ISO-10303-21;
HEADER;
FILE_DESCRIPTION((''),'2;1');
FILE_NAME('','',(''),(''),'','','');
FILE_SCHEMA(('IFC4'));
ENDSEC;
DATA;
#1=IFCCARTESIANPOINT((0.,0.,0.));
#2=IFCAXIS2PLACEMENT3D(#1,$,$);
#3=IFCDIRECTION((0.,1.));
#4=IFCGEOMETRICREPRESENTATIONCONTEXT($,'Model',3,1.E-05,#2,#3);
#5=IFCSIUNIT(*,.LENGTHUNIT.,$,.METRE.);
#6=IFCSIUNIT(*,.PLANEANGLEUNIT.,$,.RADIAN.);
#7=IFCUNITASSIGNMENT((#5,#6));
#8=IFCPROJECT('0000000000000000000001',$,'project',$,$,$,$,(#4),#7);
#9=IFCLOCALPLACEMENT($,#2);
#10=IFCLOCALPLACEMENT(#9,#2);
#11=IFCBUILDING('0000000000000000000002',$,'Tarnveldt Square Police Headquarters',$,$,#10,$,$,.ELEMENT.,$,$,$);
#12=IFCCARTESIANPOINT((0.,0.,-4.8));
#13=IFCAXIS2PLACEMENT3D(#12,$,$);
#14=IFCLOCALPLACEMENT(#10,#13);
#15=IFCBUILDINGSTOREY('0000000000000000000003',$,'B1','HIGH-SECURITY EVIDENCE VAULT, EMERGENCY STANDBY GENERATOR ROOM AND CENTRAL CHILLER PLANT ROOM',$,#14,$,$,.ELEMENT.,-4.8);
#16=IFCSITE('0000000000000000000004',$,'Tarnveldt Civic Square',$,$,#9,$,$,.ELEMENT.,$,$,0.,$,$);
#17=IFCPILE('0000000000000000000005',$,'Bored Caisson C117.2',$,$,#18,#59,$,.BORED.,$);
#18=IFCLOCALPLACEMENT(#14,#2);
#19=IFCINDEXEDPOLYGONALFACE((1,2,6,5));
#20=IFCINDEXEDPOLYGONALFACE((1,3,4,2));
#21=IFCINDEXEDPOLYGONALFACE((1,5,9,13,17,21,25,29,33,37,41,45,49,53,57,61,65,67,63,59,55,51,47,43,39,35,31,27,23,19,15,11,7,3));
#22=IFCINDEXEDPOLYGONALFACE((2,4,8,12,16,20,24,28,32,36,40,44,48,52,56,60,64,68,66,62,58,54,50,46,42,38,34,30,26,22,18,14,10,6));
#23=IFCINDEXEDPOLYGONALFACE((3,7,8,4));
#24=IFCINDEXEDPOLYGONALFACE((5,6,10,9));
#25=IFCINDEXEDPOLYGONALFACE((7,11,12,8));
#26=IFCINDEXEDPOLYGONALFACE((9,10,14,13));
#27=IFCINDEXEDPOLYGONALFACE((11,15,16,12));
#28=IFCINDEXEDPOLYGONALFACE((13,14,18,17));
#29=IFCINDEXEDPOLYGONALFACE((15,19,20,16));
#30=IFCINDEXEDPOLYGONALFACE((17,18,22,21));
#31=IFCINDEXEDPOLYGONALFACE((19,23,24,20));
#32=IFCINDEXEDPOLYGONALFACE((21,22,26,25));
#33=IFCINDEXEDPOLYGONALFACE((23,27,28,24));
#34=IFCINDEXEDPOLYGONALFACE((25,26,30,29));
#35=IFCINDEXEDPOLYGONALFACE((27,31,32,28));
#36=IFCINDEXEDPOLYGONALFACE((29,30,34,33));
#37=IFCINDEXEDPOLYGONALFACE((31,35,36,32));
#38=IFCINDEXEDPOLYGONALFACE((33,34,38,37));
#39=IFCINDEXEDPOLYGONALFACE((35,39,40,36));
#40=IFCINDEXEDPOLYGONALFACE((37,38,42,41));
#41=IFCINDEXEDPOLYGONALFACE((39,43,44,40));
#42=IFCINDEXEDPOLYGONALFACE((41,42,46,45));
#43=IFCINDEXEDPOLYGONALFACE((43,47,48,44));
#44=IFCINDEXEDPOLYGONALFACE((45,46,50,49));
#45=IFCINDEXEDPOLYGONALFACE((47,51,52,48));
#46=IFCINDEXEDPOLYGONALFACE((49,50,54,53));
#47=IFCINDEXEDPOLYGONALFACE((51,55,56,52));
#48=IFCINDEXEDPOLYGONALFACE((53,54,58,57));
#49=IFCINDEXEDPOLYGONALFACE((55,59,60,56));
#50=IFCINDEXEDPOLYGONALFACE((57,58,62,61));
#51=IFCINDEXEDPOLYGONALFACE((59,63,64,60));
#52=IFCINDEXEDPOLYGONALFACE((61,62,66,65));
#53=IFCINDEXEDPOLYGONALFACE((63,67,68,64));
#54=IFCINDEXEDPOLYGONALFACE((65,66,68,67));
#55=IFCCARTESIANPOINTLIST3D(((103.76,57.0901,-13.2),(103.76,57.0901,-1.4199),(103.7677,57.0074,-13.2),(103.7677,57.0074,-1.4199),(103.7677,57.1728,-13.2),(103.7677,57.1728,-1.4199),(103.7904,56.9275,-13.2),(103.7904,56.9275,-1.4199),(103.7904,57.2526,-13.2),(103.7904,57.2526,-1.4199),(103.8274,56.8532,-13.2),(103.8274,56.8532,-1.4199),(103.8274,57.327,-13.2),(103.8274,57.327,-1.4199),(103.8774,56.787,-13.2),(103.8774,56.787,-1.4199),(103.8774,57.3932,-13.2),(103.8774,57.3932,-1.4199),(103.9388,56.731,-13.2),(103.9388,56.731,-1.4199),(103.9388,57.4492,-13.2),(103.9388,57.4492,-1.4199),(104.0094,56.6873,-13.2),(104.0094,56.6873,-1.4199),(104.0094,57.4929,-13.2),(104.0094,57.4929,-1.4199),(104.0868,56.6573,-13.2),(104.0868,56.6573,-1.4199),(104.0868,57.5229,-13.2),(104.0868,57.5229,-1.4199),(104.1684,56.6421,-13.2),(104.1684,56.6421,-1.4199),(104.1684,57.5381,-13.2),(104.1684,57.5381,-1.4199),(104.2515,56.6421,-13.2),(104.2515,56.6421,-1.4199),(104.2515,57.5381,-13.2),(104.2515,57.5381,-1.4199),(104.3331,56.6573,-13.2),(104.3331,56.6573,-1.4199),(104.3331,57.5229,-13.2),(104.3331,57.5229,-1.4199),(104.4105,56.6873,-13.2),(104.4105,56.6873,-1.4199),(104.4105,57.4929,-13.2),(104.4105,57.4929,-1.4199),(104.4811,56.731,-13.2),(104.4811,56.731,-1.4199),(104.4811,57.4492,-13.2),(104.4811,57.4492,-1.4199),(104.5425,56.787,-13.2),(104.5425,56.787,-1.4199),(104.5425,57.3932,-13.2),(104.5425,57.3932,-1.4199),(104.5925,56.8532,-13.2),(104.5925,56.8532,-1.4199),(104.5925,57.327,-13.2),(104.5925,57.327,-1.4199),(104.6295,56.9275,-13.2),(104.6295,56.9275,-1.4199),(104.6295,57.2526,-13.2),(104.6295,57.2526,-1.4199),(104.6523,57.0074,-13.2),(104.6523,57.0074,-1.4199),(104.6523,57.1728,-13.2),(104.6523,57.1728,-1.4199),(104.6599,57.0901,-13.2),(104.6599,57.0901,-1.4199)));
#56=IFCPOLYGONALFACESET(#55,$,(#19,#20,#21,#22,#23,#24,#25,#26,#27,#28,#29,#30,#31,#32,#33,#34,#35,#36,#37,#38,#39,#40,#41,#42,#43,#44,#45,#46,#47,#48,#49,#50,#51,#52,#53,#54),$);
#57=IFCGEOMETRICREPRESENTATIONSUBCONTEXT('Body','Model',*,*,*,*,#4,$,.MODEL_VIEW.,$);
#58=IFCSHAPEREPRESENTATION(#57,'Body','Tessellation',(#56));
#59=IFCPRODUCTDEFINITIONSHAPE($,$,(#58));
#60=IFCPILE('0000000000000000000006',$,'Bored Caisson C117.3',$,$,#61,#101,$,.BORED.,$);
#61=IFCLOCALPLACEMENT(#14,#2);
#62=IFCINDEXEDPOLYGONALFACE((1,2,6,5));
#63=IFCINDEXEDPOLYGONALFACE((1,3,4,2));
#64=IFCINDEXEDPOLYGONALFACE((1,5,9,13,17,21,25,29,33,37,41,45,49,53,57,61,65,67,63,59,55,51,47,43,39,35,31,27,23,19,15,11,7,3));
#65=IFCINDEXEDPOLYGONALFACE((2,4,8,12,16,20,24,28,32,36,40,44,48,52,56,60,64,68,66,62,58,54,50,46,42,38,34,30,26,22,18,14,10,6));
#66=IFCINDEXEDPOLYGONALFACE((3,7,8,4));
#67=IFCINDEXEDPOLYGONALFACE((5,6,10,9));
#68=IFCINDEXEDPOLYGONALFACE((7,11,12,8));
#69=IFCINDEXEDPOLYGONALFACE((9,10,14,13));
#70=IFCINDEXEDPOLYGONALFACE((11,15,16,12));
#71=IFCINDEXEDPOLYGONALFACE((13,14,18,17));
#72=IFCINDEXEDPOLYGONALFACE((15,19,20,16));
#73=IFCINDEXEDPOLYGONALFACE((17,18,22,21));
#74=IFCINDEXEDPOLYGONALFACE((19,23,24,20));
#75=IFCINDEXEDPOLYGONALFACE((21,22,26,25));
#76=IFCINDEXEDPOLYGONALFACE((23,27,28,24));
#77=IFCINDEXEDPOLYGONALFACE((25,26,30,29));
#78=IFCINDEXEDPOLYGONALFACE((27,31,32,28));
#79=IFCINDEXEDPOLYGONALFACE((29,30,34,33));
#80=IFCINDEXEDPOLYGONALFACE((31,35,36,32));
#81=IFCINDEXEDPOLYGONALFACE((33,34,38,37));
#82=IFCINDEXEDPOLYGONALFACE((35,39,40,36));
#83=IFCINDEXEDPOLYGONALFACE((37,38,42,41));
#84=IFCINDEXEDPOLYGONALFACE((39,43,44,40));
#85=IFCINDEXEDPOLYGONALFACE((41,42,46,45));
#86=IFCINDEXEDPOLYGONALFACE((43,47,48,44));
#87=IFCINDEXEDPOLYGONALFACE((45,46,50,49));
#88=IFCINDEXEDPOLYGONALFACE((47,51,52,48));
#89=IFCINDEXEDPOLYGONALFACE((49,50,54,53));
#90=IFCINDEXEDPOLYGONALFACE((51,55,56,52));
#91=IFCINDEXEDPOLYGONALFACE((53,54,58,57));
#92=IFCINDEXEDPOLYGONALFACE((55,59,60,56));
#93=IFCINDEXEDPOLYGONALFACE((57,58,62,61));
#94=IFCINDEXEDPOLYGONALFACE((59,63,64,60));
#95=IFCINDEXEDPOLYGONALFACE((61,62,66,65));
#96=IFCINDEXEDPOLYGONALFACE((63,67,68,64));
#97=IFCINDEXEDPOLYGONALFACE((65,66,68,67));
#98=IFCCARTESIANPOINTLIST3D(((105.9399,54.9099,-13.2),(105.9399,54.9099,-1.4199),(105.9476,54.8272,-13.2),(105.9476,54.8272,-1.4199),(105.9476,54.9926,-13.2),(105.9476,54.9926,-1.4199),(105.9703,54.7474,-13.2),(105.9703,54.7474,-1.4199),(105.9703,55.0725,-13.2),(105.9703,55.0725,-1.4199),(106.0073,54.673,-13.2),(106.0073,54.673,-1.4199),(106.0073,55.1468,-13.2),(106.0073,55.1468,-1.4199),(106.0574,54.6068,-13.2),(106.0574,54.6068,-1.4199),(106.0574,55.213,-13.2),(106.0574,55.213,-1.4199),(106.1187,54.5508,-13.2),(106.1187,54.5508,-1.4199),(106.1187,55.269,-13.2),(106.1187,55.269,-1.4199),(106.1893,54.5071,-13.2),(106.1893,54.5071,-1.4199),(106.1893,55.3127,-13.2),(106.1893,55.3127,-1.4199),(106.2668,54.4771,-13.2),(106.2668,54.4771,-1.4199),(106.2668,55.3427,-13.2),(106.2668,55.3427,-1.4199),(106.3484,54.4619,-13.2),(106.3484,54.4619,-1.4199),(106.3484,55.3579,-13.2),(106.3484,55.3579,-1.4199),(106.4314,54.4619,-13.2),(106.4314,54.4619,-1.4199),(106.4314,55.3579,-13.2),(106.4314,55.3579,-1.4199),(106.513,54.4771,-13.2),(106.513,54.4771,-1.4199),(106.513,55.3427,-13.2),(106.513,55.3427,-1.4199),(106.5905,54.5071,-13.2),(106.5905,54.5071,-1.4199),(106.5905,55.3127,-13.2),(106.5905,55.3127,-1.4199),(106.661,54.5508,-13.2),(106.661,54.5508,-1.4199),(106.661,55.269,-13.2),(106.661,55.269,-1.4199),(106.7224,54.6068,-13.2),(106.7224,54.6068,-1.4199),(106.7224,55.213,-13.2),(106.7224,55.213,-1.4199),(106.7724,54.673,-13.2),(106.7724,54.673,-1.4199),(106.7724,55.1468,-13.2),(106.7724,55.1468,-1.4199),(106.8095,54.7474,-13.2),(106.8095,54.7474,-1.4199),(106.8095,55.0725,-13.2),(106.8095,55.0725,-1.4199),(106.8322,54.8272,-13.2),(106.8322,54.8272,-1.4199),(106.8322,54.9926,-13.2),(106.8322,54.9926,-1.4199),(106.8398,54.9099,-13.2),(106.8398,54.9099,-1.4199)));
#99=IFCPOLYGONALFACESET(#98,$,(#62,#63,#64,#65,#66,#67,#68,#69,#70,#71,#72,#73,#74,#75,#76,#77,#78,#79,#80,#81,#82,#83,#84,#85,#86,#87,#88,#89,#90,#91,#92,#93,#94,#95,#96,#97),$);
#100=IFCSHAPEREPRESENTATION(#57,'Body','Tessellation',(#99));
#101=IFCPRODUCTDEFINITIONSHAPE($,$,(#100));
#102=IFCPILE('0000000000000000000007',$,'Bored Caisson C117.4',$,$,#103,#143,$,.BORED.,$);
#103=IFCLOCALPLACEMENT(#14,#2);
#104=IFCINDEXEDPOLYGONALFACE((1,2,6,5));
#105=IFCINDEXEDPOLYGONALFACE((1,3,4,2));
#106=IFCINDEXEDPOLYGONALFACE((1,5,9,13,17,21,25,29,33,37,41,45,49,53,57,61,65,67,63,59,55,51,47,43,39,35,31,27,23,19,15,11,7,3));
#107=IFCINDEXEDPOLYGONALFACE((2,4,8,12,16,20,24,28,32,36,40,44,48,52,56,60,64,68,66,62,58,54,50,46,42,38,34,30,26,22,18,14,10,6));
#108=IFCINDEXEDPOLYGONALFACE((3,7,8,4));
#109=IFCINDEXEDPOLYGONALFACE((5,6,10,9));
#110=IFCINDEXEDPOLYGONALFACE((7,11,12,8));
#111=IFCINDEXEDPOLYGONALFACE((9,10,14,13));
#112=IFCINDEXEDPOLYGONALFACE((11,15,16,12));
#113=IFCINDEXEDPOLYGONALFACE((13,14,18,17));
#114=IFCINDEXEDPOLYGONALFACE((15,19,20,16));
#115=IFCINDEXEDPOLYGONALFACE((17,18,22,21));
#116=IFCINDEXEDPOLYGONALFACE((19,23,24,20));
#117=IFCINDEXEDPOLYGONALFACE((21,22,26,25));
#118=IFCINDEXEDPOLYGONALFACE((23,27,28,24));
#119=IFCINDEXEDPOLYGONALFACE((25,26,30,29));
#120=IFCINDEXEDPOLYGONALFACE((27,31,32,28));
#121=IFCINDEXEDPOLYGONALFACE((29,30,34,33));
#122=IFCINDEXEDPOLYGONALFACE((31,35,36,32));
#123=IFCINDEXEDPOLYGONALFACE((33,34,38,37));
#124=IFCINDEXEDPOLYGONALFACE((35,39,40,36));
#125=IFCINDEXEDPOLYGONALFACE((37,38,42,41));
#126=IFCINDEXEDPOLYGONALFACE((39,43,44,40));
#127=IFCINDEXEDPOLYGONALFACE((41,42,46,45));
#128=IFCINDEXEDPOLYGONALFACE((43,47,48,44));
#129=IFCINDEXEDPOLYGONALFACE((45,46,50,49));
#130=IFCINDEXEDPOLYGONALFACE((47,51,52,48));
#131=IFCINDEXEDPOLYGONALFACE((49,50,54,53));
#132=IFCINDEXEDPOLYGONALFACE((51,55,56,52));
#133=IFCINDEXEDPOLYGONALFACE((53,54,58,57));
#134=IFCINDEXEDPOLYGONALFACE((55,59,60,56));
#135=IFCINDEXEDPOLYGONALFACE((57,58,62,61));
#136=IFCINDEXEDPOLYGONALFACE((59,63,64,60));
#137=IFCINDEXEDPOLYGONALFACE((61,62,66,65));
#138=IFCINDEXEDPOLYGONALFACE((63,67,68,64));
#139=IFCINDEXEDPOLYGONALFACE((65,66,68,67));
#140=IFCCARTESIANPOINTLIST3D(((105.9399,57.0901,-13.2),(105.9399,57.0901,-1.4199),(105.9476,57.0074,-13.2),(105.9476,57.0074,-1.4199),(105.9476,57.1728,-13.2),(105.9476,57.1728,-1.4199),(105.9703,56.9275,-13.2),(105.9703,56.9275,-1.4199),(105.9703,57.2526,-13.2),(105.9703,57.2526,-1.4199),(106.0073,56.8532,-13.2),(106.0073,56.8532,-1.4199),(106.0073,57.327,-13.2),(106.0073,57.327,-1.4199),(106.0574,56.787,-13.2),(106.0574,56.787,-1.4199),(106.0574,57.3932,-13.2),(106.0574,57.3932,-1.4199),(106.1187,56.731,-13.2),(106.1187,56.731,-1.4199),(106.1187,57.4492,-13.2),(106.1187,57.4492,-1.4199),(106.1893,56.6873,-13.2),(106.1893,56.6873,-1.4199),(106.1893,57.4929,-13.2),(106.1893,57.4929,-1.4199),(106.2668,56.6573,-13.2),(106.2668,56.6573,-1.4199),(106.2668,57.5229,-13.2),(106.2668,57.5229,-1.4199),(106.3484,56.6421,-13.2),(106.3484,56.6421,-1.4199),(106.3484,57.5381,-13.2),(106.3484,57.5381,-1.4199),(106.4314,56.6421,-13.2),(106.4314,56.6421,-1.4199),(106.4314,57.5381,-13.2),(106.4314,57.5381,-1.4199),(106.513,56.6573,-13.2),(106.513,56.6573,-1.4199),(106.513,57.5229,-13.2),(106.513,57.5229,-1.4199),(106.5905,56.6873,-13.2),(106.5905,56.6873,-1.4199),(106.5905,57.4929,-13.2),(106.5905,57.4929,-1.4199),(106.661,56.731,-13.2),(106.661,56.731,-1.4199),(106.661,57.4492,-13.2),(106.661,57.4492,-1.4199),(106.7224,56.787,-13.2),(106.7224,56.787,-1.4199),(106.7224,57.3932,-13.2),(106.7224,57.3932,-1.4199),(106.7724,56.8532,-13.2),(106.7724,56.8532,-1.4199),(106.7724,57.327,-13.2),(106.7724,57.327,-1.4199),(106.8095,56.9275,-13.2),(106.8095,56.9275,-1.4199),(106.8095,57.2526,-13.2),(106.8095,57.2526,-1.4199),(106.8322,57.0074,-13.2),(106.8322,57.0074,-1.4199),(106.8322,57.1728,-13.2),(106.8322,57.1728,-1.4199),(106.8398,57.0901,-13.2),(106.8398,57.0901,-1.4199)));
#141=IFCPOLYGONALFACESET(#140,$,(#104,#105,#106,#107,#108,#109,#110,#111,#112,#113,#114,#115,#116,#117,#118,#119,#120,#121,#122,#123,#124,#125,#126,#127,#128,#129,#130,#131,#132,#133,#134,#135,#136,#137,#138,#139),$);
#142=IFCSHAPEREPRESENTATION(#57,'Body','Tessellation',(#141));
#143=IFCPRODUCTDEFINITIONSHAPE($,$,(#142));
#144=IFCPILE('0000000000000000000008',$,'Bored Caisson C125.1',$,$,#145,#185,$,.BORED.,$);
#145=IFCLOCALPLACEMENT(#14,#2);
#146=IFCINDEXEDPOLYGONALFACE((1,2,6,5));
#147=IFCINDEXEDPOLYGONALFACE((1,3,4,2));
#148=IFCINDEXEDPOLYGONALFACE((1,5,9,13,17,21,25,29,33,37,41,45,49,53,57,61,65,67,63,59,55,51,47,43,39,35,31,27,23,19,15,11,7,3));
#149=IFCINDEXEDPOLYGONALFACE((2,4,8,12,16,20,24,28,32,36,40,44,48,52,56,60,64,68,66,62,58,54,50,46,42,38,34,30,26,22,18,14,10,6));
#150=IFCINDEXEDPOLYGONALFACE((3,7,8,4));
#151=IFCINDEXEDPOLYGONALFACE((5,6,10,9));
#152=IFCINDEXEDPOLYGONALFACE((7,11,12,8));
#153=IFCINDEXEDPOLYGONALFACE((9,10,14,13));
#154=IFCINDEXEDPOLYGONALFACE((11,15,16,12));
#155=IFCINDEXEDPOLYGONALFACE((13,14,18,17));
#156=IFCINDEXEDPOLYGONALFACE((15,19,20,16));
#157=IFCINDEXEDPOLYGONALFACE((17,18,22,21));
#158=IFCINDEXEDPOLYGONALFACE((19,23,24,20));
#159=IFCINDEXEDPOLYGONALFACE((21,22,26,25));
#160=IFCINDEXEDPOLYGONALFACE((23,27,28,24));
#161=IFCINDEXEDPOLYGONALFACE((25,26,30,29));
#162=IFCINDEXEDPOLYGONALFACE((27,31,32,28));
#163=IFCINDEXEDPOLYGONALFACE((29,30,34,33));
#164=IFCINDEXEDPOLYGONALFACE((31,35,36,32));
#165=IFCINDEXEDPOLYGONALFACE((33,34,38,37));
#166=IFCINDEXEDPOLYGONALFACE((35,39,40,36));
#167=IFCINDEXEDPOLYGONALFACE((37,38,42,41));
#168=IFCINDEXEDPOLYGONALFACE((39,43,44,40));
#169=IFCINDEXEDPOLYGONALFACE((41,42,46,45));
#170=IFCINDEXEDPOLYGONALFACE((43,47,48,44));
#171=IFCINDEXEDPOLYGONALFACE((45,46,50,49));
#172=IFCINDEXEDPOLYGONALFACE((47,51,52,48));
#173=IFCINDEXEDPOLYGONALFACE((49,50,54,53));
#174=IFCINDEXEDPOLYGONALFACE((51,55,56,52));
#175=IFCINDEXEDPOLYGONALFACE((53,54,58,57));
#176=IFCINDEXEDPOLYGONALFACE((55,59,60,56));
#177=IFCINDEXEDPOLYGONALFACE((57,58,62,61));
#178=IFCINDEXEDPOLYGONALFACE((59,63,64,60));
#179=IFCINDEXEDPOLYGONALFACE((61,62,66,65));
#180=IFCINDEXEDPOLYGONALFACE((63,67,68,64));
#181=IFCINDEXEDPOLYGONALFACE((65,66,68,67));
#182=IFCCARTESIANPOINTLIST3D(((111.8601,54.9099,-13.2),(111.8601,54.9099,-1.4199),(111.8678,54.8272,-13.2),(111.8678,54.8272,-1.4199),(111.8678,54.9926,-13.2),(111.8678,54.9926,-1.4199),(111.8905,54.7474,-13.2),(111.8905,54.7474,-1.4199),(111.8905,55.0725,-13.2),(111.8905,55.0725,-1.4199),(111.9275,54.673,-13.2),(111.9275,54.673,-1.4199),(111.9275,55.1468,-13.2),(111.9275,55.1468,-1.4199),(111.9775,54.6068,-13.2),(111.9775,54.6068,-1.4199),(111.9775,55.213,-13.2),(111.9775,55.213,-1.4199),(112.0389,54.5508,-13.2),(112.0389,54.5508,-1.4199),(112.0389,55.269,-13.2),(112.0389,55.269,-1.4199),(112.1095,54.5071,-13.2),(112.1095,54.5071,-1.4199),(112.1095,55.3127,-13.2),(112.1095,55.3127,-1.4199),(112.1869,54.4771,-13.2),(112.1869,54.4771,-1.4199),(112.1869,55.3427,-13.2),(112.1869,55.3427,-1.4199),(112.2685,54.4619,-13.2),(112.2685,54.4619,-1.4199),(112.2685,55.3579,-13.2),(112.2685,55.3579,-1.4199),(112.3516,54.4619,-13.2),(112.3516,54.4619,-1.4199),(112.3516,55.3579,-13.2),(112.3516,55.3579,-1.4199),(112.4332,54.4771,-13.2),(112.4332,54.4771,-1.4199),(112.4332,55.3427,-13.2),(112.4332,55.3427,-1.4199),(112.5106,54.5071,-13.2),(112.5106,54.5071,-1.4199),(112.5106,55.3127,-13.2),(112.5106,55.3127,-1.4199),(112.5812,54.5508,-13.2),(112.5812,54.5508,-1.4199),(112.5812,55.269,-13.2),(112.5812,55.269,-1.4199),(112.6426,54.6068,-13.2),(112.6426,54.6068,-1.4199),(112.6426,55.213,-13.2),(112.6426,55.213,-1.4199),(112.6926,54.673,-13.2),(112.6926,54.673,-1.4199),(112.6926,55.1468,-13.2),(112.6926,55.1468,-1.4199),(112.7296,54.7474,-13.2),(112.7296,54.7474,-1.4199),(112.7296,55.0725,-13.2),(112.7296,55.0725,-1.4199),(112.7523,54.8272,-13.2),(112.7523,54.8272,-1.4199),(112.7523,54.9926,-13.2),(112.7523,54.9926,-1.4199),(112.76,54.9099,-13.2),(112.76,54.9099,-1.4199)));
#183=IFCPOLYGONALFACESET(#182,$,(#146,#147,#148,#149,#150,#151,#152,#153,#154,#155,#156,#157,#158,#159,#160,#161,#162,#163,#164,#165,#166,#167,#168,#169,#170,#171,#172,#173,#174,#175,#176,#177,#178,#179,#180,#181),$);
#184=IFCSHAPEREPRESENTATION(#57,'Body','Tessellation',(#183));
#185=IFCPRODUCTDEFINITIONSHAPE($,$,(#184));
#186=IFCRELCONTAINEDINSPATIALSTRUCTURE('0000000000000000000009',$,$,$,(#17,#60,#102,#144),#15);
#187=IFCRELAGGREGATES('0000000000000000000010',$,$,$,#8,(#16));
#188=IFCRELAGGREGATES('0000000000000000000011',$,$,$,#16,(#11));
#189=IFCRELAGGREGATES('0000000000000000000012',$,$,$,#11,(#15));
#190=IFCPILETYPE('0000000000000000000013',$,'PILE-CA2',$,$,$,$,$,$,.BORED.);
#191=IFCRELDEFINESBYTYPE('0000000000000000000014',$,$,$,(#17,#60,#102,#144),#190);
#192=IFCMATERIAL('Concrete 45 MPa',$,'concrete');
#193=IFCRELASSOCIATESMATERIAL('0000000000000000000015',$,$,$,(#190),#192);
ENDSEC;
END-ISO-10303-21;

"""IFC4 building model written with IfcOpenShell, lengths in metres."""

from ifc_helpers import new_model, si_unit, direction, frame, origin, origin_2d, place, context, subcontext, project, spatial, circle, extrude, material, material_profile, profile_set, type_object, element, save


model = new_model("IFC4")

# Units and contexts
model_context = context("Model", 3, precision=1e-05, world=origin(), true_north=direction((0.0, 1.0)))
body_context = subcontext(model_context, "Body", "Model", "MODEL_VIEW")
ifc_project = project(units=[si_unit("LENGTHUNIT", "METRE"), si_unit("PLANEANGLEUNIT", "RADIAN")], contexts=[model_context])

# Site, building, storey
site_placement = place(None, origin())
site = spatial("IfcSite", under=ifc_project, at=site_placement, Name="Tarnveldt Civic Square", CompositionType="ELEMENT", RefElevation=0.0)
building_placement = place(site_placement, origin())
building = spatial("IfcBuilding", under=site, at=building_placement, Name="Tarnveldt Square Police Headquarters", CompositionType="ELEMENT")
storey_placement = place(building_placement, frame((0.0, 0.0, -4.8)))
storey = spatial("IfcBuildingStorey", under=building, at=storey_placement, Name="B1", Description="HIGH-SECURITY EVIDENCE VAULT, EMERGENCY STANDBY GENERATOR ROOM AND CENTRAL CHILLER PLANT ROOM", CompositionType="ELEMENT", Elevation=-4.8)

# Shared definitions
ifc_material_1 = material(Name="Concrete 45 MPa", Category="concrete")

# Piles
ifc_material_profile_1 = material_profile(ifc_material_1, circle(Radius=0.45, at=origin_2d()), Name="CAISSON-D900")
ifc_profile_set_1 = profile_set([ifc_material_profile_1], Name="Concrete 45 MPa")
pile_type_1 = type_object("IfcPileType", Name="PILE-CA2", PredefinedType="BORED", material=ifc_profile_set_1)
for number, where, z_axis, x_axis, name in (
    (1, (104.21, 57.0901, -1.4199), (0.0, 0.0, -1.0), (1.0, 0.0, 0.0), "Bored Caisson C117.2"),
    (2, (106.3899, 54.9099, -1.4199), (0.0, 0.0, -1.0), (1.0, 0.0, 0.0), "Bored Caisson C117.3"),
    (3, (106.3899, 57.0901, -1.4199), (0.0, 0.0, -1.0), (1.0, 0.0, 0.0), "Bored Caisson C117.4"),
    (4, (112.3101, 54.9099, -1.4199), (0.0, 0.0, -1.0), (1.0, 0.0, 0.0), "Bored Caisson C125.1"),
):
    element("IfcPile", number, at=place(storey_placement, frame(where, z_axis=z_axis, x_axis=x_axis)), inside=storey, type_object=pile_type_1, Name=name, PredefinedType="BORED", context=body_context, shape_type="SweptSolid", body=[
        extrude(circle(Radius=0.45, at=origin_2d()), origin(), (0.0, 0.0, 1.0), 11.78),
    ])

save(model, "model.ifc")
